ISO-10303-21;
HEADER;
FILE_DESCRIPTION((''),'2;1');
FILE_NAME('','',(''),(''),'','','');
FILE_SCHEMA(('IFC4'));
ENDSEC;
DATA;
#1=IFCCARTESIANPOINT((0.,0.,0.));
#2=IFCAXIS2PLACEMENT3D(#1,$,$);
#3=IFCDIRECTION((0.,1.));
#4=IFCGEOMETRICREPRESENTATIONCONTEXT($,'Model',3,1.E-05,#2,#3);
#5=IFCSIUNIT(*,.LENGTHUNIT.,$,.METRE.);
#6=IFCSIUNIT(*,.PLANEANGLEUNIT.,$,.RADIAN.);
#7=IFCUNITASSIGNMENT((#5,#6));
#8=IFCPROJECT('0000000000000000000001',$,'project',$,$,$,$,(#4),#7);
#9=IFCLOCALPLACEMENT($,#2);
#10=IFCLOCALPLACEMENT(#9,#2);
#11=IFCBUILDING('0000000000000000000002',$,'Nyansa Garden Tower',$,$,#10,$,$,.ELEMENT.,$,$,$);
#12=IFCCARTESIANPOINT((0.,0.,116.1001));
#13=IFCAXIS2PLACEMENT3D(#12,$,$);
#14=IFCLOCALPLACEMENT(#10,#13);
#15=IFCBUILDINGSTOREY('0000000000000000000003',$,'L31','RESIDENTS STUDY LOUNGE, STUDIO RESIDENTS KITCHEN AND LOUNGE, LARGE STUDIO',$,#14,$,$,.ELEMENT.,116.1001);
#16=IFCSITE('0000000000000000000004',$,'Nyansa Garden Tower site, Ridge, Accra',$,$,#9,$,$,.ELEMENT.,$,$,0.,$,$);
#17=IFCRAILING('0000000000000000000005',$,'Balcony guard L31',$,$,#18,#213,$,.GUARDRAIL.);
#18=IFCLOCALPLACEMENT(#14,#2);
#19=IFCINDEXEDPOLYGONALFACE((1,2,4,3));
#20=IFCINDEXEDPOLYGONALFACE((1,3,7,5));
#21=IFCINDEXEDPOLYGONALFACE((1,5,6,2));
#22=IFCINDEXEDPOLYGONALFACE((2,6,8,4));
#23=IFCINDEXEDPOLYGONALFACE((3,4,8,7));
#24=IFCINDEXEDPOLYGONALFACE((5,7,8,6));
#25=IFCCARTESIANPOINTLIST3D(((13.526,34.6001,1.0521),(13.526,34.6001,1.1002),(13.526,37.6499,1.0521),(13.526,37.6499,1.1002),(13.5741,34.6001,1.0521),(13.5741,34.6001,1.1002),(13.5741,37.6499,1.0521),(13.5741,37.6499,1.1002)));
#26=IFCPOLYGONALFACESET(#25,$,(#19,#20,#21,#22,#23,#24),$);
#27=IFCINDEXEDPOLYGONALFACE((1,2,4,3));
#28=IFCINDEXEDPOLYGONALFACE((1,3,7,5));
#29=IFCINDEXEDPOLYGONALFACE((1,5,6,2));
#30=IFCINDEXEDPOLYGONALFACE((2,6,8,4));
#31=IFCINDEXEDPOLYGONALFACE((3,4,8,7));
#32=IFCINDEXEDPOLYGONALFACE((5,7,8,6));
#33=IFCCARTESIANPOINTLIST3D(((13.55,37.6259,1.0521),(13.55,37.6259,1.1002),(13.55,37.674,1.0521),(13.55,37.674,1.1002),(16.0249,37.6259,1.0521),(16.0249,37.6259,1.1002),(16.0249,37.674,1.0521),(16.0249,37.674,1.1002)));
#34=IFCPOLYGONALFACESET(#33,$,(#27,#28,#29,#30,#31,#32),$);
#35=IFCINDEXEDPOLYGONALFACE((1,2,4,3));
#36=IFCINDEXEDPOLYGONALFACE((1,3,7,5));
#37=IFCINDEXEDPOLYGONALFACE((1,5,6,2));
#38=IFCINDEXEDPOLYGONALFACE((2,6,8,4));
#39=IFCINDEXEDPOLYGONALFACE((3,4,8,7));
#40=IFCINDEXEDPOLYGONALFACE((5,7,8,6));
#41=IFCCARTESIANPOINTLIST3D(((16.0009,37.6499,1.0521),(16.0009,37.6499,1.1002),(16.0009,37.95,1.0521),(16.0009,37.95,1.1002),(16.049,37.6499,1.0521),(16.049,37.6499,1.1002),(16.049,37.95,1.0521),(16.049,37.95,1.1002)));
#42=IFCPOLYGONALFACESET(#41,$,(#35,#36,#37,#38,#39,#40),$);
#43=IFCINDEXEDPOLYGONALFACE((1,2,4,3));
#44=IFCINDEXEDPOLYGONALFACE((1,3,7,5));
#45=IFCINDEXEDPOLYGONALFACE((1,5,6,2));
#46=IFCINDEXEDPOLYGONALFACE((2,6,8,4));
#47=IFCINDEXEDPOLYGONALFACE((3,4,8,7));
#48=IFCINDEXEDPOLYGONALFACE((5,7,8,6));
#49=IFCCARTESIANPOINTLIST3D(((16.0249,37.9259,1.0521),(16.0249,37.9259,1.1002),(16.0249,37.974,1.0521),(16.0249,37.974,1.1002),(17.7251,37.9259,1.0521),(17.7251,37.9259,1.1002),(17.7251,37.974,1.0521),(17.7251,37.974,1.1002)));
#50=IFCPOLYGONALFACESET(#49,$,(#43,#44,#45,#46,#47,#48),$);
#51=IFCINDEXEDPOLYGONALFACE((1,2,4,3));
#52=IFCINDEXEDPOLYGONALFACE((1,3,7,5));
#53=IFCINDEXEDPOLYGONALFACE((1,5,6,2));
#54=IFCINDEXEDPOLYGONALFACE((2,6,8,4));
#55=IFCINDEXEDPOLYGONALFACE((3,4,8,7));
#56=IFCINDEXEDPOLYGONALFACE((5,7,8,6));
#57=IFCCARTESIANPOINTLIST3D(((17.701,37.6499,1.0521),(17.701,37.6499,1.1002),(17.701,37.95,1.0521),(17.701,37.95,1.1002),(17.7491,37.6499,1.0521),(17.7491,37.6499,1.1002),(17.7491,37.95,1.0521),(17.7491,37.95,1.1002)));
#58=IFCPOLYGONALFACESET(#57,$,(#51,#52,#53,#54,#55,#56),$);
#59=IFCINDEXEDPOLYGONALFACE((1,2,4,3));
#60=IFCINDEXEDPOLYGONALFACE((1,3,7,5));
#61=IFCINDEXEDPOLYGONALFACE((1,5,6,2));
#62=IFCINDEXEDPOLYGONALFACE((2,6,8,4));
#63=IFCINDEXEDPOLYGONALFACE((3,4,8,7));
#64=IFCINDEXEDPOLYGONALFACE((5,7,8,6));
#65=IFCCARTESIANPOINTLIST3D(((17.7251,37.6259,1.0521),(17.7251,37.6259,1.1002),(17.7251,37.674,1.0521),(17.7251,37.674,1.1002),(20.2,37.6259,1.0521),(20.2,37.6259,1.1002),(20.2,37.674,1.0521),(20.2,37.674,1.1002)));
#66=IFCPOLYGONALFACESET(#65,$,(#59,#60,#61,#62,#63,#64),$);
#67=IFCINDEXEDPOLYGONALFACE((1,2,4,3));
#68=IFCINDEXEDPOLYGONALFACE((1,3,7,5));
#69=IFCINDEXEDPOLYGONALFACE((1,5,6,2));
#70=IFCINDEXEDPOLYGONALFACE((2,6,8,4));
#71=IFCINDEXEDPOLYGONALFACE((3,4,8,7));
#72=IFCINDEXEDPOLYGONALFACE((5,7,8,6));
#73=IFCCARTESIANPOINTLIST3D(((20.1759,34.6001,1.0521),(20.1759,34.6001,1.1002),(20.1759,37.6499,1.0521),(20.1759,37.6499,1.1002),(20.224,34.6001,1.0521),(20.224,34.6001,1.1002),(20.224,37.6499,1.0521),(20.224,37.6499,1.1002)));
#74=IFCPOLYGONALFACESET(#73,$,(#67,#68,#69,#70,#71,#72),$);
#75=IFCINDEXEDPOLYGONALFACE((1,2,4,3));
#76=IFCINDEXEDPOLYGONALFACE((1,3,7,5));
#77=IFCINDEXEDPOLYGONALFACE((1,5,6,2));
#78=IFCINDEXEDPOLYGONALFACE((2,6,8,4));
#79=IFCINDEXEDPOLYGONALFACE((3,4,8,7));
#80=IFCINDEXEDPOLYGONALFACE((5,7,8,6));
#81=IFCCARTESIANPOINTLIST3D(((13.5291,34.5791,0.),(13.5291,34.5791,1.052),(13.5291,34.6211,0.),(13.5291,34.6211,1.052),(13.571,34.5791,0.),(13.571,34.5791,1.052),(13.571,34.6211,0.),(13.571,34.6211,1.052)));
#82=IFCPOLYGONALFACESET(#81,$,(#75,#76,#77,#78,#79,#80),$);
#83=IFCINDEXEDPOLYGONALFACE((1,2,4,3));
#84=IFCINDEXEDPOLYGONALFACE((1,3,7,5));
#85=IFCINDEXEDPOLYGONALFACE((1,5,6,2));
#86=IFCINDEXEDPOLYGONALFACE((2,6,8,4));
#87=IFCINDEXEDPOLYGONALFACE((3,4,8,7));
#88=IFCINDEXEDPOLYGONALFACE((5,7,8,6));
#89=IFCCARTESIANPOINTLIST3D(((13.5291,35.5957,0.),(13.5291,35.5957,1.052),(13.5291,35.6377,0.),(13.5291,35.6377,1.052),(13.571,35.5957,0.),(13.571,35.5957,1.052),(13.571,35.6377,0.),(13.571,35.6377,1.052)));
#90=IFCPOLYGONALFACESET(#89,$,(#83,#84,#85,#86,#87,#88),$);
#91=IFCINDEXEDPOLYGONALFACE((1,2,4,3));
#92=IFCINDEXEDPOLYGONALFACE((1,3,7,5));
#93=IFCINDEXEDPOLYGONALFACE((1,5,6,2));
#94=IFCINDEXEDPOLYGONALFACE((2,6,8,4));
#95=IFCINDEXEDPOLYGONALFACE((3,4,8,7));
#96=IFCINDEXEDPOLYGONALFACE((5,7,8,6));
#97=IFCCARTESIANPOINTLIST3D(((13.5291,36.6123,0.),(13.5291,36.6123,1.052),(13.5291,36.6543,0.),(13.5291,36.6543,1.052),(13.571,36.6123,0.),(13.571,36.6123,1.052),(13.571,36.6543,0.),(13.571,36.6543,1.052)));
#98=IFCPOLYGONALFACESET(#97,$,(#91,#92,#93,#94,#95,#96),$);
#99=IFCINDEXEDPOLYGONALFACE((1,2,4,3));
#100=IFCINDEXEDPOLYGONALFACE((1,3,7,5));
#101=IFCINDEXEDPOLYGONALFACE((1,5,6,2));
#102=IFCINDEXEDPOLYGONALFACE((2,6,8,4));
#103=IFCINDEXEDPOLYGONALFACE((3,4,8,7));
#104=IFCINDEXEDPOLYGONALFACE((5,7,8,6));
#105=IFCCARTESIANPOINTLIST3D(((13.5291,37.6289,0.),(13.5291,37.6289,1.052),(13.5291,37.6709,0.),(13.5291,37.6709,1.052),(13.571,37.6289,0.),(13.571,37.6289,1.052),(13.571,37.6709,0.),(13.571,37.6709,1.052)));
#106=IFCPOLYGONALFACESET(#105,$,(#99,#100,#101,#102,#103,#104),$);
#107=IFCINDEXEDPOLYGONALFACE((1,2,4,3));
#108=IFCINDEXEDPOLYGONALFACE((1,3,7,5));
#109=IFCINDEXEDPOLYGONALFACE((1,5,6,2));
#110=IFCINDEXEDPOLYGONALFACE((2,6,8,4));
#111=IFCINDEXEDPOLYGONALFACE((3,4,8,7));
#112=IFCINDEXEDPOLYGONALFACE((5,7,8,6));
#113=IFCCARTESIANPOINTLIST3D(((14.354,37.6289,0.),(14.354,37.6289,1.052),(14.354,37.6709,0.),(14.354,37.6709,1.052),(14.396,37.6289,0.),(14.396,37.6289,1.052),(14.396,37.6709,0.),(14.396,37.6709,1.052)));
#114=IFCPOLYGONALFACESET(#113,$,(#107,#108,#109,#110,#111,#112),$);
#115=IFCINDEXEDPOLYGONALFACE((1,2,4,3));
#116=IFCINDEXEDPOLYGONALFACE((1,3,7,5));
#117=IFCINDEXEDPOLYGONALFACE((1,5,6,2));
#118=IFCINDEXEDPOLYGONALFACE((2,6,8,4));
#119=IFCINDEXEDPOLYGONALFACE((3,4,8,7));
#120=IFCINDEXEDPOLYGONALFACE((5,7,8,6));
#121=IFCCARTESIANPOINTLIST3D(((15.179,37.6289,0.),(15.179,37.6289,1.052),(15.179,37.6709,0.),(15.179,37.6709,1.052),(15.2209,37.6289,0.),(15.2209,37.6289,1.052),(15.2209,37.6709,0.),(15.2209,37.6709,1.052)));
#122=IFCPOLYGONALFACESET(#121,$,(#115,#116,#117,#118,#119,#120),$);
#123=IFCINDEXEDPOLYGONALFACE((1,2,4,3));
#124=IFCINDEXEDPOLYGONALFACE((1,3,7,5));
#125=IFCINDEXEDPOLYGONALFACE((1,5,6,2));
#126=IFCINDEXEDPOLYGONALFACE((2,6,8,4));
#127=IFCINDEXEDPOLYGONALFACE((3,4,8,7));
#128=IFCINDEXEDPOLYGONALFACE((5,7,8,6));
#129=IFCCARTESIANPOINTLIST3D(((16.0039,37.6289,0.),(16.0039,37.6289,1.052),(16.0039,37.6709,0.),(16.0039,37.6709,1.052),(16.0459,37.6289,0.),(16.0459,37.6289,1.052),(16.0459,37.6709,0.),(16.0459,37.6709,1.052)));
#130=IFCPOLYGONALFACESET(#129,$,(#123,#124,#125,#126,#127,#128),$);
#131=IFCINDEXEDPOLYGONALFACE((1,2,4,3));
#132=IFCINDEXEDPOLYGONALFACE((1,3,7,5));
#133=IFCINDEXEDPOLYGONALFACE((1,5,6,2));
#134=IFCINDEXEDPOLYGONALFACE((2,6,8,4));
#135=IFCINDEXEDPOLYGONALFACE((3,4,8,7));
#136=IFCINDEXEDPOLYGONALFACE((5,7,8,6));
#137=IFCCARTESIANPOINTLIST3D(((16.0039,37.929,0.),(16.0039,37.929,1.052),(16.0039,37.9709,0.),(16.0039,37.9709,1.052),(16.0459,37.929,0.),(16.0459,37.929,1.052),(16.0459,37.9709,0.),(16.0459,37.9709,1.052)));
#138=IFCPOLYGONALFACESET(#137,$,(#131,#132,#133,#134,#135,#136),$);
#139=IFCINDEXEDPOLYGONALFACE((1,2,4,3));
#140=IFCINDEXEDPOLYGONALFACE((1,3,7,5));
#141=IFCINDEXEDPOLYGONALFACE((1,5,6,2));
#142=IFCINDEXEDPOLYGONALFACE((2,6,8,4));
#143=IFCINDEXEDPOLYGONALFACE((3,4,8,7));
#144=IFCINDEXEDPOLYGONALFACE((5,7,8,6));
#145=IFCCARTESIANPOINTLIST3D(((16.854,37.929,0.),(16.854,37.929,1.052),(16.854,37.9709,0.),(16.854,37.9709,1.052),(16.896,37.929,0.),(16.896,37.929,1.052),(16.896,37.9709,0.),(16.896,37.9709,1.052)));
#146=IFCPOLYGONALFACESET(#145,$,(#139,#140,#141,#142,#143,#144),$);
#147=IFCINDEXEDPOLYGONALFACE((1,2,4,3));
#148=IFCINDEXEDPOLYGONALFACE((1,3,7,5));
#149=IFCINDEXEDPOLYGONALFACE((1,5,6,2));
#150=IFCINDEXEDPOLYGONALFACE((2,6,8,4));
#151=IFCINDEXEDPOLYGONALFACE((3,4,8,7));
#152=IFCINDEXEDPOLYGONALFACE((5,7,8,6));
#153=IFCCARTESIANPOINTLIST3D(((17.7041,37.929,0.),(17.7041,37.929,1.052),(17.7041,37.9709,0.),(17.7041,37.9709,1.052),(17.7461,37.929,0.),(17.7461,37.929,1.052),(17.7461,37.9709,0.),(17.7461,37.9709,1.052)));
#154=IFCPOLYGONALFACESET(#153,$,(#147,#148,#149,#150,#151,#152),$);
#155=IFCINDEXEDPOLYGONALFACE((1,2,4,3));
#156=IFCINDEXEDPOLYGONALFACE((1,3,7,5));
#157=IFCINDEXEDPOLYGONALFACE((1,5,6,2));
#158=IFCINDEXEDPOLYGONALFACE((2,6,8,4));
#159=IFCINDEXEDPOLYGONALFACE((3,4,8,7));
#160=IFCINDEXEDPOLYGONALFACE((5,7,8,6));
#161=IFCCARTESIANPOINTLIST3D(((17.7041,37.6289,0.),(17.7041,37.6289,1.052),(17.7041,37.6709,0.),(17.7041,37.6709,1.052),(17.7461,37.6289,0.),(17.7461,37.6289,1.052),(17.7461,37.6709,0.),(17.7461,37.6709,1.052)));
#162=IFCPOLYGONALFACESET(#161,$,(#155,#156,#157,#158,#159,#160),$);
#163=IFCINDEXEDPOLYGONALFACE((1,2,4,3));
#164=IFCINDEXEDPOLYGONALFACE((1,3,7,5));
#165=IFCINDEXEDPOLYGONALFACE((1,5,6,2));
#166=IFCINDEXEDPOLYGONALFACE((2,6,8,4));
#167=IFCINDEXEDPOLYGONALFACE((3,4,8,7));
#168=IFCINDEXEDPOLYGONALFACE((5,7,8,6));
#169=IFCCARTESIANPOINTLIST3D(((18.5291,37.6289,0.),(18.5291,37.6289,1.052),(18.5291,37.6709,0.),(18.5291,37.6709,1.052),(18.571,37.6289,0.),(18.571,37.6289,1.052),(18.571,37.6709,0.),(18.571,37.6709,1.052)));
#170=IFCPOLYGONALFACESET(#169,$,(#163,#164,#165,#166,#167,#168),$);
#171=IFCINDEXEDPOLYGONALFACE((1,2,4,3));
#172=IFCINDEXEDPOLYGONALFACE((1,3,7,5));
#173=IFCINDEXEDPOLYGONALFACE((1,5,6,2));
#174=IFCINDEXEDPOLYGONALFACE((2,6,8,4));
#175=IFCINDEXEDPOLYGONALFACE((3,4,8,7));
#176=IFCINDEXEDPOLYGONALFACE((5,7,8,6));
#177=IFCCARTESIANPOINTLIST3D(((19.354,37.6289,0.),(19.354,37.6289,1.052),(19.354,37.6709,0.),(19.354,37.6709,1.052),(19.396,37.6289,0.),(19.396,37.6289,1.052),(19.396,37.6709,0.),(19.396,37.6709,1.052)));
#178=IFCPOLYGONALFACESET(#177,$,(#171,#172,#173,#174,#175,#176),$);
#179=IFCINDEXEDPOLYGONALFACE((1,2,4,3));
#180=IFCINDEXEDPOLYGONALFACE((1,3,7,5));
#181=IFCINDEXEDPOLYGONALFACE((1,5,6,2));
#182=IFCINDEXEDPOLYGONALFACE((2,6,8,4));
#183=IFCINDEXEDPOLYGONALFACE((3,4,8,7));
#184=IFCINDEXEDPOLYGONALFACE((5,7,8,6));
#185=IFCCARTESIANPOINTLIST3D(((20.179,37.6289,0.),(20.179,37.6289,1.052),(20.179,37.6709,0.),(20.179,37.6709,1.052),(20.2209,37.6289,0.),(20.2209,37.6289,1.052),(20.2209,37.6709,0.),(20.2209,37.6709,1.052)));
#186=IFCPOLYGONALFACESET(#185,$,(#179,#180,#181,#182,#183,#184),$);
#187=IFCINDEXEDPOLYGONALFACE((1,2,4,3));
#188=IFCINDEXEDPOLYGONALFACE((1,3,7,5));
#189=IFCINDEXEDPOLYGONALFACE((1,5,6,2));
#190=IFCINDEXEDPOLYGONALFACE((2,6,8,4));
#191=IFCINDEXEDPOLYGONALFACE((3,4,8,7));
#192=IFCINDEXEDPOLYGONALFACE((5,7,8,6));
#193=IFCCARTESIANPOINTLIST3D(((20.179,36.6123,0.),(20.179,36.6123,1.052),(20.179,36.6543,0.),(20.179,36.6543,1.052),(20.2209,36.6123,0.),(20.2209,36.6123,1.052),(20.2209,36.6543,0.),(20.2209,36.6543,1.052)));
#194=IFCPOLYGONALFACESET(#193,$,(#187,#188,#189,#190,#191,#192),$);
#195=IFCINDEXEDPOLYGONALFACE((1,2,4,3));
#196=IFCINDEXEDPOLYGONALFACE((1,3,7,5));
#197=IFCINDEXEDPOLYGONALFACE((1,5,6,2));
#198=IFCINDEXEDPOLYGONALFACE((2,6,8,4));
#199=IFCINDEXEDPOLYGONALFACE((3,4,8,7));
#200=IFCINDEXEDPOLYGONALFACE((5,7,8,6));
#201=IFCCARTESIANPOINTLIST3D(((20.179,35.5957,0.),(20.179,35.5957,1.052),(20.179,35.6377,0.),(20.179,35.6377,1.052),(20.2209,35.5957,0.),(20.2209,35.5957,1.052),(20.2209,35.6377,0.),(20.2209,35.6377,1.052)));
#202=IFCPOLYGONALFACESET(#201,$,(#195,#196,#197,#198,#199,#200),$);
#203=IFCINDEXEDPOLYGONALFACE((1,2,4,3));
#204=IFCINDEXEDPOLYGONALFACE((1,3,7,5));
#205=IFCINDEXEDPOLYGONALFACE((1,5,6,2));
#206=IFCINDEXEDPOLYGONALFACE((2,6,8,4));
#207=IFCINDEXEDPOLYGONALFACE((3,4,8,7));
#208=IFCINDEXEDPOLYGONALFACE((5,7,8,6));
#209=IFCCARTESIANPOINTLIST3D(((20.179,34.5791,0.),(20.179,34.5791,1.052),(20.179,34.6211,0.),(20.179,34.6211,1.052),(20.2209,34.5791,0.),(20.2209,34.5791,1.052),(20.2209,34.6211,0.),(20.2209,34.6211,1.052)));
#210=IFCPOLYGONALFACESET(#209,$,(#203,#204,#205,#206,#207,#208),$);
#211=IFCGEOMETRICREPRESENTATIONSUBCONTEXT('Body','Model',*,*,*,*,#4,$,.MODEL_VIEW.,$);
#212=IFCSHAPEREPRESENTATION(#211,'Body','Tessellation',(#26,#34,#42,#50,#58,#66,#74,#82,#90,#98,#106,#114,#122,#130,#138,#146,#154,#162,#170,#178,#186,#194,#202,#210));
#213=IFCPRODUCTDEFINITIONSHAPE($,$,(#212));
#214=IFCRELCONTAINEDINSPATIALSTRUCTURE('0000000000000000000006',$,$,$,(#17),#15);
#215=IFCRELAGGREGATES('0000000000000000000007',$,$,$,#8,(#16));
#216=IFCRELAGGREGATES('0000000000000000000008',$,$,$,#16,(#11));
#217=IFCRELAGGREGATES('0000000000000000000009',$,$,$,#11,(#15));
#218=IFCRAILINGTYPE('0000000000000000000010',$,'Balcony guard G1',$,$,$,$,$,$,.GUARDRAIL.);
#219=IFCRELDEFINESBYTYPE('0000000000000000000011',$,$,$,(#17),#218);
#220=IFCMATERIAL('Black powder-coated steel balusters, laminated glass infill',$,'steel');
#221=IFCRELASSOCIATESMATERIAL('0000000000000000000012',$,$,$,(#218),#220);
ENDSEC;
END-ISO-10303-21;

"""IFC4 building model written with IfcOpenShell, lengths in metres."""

from ifc_helpers import new_model, si_unit, direction, frame, origin, origin_2d, place, context, subcontext, project, spatial, rectangle, extrude, material, type_object, element, save


model = new_model("IFC4")

# Units and contexts
model_context = context("Model", 3, precision=1e-05, world=origin(), true_north=direction((0.0, 1.0)))
body_context = subcontext(model_context, "Body", "Model", "MODEL_VIEW")
ifc_project = project(units=[si_unit("LENGTHUNIT", "METRE"), si_unit("PLANEANGLEUNIT", "RADIAN")], contexts=[model_context])

# Site, building, storey
site_placement = place(None, origin())
site = spatial("IfcSite", under=ifc_project, at=site_placement, Name="Nyansa Garden Tower site, Ridge, Accra", CompositionType="ELEMENT", RefElevation=0.0)
building_placement = place(site_placement, origin())
building = spatial("IfcBuilding", under=site, at=building_placement, Name="Nyansa Garden Tower", CompositionType="ELEMENT")
storey_placement = place(building_placement, frame((0.0, 0.0, 116.1001)))
storey = spatial("IfcBuildingStorey", under=building, at=storey_placement, Name="L31", Description="RESIDENTS STUDY LOUNGE, STUDIO RESIDENTS KITCHEN AND LOUNGE, LARGE STUDIO", CompositionType="ELEMENT", Elevation=116.1001)

# Railing
ifc_material_1 = material(Name="Black powder-coated steel balusters, laminated glass infill", Category="steel")
railing_type = type_object("IfcRailingType", Name="Balcony guard G1", PredefinedType="GUARDRAIL", material=ifc_material_1)
railing_placement = place(storey_placement, frame((13.55, 34.6001, 0.0)))
element("IfcRailing", 1, at=railing_placement, inside=storey, type_object=railing_type, Name="Balcony guard L31", PredefinedType="GUARDRAIL", context=body_context, shape_type="SweptSolid", body=[
    extrude(rectangle(XDim=0.0481, YDim=0.0481, at=origin_2d()), frame((0.0, 0.0, 1.0762), z_axis=(0.0, 1.0, 0.0), x_axis=(-1.0, 0.0, 0.0)), (0.0, 0.0, 1.0), 3.0498),
    extrude(rectangle(XDim=0.0481, YDim=0.0481, at=origin_2d()), frame((0.0, 3.0498, 1.0762), z_axis=(1.0, 0.0, 0.0), x_axis=(0.0, 1.0, 0.0)), (0.0, 0.0, 1.0), 2.4749),
    extrude(rectangle(XDim=0.0481, YDim=0.0481, at=origin_2d()), frame((2.4749, 3.0498, 1.0762), z_axis=(0.0, 1.0, 0.0), x_axis=(-1.0, 0.0, 0.0)), (0.0, 0.0, 1.0), 0.3),
    extrude(rectangle(XDim=0.0481, YDim=0.0481, at=origin_2d()), frame((2.4749, 3.3499, 1.0762), z_axis=(1.0, 0.0, 0.0), x_axis=(0.0, 1.0, 0.0)), (0.0, 0.0, 1.0), 1.7002),
    extrude(rectangle(XDim=0.0481, YDim=0.0481, at=origin_2d()), frame((4.175, 3.3499, 1.0762), z_axis=(0.0, -1.0, 0.0), x_axis=(1.0, 0.0, 0.0)), (0.0, 0.0, 1.0), 0.3),
    extrude(rectangle(XDim=0.0481, YDim=0.0481, at=origin_2d()), frame((4.175, 3.0498, 1.0762), z_axis=(1.0, 0.0, 0.0), x_axis=(0.0, 1.0, 0.0)), (0.0, 0.0, 1.0), 2.4749),
    extrude(rectangle(XDim=0.0481, YDim=0.0481, at=origin_2d()), frame((6.6499, 3.0498, 1.0762), z_axis=(0.0, -1.0, 0.0), x_axis=(1.0, 0.0, 0.0)), (0.0, 0.0, 1.0), 3.0498),
    extrude(rectangle(XDim=0.042, YDim=0.042, at=origin_2d()), origin(), (0.0, 0.0, 1.0), 1.052),
    extrude(rectangle(XDim=0.042, YDim=0.042, at=origin_2d()), frame((0.0, 1.0166, 0.0)), (0.0, 0.0, 1.0), 1.052),
    extrude(rectangle(XDim=0.042, YDim=0.042, at=origin_2d()), frame((0.0, 2.0332, 0.0)), (0.0, 0.0, 1.0), 1.052),
    extrude(rectangle(XDim=0.042, YDim=0.042, at=origin_2d()), frame((0.0, 3.0498, 0.0)), (0.0, 0.0, 1.0), 1.052),
    extrude(rectangle(XDim=0.042, YDim=0.042, at=origin_2d()), frame((0.825, 3.0498, 0.0)), (0.0, 0.0, 1.0), 1.052),
    extrude(rectangle(XDim=0.042, YDim=0.042, at=origin_2d()), frame((1.6499, 3.0498, 0.0)), (0.0, 0.0, 1.0), 1.052),
    extrude(rectangle(XDim=0.042, YDim=0.042, at=origin_2d()), frame((2.4749, 3.0498, 0.0)), (0.0, 0.0, 1.0), 1.052),
    extrude(rectangle(XDim=0.042, YDim=0.042, at=origin_2d()), frame((2.4749, 3.3499, 0.0)), (0.0, 0.0, 1.0), 1.052),
    extrude(rectangle(XDim=0.042, YDim=0.042, at=origin_2d()), frame((3.325, 3.3499, 0.0)), (0.0, 0.0, 1.0), 1.052),
    extrude(rectangle(XDim=0.042, YDim=0.042, at=origin_2d()), frame((4.175, 3.3499, 0.0)), (0.0, 0.0, 1.0), 1.052),
    extrude(rectangle(XDim=0.042, YDim=0.042, at=origin_2d()), frame((4.175, 3.0498, 0.0)), (0.0, 0.0, 1.0), 1.052),
    extrude(rectangle(XDim=0.042, YDim=0.042, at=origin_2d()), frame((5.0, 3.0498, 0.0)), (0.0, 0.0, 1.0), 1.052),
    extrude(rectangle(XDim=0.042, YDim=0.042, at=origin_2d()), frame((5.825, 3.0498, 0.0)), (0.0, 0.0, 1.0), 1.052),
    extrude(rectangle(XDim=0.042, YDim=0.042, at=origin_2d()), frame((6.6499, 3.0498, 0.0)), (0.0, 0.0, 1.0), 1.052),
    extrude(rectangle(XDim=0.042, YDim=0.042, at=origin_2d()), frame((6.6499, 2.0332, 0.0)), (0.0, 0.0, 1.0), 1.052),
    extrude(rectangle(XDim=0.042, YDim=0.042, at=origin_2d()), frame((6.6499, 1.0166, 0.0)), (0.0, 0.0, 1.0), 1.052),
    extrude(rectangle(XDim=0.042, YDim=0.042, at=origin_2d()), frame((6.6499, 0.0, 0.0)), (0.0, 0.0, 1.0), 1.052),
])

save(model, "model.ifc")
